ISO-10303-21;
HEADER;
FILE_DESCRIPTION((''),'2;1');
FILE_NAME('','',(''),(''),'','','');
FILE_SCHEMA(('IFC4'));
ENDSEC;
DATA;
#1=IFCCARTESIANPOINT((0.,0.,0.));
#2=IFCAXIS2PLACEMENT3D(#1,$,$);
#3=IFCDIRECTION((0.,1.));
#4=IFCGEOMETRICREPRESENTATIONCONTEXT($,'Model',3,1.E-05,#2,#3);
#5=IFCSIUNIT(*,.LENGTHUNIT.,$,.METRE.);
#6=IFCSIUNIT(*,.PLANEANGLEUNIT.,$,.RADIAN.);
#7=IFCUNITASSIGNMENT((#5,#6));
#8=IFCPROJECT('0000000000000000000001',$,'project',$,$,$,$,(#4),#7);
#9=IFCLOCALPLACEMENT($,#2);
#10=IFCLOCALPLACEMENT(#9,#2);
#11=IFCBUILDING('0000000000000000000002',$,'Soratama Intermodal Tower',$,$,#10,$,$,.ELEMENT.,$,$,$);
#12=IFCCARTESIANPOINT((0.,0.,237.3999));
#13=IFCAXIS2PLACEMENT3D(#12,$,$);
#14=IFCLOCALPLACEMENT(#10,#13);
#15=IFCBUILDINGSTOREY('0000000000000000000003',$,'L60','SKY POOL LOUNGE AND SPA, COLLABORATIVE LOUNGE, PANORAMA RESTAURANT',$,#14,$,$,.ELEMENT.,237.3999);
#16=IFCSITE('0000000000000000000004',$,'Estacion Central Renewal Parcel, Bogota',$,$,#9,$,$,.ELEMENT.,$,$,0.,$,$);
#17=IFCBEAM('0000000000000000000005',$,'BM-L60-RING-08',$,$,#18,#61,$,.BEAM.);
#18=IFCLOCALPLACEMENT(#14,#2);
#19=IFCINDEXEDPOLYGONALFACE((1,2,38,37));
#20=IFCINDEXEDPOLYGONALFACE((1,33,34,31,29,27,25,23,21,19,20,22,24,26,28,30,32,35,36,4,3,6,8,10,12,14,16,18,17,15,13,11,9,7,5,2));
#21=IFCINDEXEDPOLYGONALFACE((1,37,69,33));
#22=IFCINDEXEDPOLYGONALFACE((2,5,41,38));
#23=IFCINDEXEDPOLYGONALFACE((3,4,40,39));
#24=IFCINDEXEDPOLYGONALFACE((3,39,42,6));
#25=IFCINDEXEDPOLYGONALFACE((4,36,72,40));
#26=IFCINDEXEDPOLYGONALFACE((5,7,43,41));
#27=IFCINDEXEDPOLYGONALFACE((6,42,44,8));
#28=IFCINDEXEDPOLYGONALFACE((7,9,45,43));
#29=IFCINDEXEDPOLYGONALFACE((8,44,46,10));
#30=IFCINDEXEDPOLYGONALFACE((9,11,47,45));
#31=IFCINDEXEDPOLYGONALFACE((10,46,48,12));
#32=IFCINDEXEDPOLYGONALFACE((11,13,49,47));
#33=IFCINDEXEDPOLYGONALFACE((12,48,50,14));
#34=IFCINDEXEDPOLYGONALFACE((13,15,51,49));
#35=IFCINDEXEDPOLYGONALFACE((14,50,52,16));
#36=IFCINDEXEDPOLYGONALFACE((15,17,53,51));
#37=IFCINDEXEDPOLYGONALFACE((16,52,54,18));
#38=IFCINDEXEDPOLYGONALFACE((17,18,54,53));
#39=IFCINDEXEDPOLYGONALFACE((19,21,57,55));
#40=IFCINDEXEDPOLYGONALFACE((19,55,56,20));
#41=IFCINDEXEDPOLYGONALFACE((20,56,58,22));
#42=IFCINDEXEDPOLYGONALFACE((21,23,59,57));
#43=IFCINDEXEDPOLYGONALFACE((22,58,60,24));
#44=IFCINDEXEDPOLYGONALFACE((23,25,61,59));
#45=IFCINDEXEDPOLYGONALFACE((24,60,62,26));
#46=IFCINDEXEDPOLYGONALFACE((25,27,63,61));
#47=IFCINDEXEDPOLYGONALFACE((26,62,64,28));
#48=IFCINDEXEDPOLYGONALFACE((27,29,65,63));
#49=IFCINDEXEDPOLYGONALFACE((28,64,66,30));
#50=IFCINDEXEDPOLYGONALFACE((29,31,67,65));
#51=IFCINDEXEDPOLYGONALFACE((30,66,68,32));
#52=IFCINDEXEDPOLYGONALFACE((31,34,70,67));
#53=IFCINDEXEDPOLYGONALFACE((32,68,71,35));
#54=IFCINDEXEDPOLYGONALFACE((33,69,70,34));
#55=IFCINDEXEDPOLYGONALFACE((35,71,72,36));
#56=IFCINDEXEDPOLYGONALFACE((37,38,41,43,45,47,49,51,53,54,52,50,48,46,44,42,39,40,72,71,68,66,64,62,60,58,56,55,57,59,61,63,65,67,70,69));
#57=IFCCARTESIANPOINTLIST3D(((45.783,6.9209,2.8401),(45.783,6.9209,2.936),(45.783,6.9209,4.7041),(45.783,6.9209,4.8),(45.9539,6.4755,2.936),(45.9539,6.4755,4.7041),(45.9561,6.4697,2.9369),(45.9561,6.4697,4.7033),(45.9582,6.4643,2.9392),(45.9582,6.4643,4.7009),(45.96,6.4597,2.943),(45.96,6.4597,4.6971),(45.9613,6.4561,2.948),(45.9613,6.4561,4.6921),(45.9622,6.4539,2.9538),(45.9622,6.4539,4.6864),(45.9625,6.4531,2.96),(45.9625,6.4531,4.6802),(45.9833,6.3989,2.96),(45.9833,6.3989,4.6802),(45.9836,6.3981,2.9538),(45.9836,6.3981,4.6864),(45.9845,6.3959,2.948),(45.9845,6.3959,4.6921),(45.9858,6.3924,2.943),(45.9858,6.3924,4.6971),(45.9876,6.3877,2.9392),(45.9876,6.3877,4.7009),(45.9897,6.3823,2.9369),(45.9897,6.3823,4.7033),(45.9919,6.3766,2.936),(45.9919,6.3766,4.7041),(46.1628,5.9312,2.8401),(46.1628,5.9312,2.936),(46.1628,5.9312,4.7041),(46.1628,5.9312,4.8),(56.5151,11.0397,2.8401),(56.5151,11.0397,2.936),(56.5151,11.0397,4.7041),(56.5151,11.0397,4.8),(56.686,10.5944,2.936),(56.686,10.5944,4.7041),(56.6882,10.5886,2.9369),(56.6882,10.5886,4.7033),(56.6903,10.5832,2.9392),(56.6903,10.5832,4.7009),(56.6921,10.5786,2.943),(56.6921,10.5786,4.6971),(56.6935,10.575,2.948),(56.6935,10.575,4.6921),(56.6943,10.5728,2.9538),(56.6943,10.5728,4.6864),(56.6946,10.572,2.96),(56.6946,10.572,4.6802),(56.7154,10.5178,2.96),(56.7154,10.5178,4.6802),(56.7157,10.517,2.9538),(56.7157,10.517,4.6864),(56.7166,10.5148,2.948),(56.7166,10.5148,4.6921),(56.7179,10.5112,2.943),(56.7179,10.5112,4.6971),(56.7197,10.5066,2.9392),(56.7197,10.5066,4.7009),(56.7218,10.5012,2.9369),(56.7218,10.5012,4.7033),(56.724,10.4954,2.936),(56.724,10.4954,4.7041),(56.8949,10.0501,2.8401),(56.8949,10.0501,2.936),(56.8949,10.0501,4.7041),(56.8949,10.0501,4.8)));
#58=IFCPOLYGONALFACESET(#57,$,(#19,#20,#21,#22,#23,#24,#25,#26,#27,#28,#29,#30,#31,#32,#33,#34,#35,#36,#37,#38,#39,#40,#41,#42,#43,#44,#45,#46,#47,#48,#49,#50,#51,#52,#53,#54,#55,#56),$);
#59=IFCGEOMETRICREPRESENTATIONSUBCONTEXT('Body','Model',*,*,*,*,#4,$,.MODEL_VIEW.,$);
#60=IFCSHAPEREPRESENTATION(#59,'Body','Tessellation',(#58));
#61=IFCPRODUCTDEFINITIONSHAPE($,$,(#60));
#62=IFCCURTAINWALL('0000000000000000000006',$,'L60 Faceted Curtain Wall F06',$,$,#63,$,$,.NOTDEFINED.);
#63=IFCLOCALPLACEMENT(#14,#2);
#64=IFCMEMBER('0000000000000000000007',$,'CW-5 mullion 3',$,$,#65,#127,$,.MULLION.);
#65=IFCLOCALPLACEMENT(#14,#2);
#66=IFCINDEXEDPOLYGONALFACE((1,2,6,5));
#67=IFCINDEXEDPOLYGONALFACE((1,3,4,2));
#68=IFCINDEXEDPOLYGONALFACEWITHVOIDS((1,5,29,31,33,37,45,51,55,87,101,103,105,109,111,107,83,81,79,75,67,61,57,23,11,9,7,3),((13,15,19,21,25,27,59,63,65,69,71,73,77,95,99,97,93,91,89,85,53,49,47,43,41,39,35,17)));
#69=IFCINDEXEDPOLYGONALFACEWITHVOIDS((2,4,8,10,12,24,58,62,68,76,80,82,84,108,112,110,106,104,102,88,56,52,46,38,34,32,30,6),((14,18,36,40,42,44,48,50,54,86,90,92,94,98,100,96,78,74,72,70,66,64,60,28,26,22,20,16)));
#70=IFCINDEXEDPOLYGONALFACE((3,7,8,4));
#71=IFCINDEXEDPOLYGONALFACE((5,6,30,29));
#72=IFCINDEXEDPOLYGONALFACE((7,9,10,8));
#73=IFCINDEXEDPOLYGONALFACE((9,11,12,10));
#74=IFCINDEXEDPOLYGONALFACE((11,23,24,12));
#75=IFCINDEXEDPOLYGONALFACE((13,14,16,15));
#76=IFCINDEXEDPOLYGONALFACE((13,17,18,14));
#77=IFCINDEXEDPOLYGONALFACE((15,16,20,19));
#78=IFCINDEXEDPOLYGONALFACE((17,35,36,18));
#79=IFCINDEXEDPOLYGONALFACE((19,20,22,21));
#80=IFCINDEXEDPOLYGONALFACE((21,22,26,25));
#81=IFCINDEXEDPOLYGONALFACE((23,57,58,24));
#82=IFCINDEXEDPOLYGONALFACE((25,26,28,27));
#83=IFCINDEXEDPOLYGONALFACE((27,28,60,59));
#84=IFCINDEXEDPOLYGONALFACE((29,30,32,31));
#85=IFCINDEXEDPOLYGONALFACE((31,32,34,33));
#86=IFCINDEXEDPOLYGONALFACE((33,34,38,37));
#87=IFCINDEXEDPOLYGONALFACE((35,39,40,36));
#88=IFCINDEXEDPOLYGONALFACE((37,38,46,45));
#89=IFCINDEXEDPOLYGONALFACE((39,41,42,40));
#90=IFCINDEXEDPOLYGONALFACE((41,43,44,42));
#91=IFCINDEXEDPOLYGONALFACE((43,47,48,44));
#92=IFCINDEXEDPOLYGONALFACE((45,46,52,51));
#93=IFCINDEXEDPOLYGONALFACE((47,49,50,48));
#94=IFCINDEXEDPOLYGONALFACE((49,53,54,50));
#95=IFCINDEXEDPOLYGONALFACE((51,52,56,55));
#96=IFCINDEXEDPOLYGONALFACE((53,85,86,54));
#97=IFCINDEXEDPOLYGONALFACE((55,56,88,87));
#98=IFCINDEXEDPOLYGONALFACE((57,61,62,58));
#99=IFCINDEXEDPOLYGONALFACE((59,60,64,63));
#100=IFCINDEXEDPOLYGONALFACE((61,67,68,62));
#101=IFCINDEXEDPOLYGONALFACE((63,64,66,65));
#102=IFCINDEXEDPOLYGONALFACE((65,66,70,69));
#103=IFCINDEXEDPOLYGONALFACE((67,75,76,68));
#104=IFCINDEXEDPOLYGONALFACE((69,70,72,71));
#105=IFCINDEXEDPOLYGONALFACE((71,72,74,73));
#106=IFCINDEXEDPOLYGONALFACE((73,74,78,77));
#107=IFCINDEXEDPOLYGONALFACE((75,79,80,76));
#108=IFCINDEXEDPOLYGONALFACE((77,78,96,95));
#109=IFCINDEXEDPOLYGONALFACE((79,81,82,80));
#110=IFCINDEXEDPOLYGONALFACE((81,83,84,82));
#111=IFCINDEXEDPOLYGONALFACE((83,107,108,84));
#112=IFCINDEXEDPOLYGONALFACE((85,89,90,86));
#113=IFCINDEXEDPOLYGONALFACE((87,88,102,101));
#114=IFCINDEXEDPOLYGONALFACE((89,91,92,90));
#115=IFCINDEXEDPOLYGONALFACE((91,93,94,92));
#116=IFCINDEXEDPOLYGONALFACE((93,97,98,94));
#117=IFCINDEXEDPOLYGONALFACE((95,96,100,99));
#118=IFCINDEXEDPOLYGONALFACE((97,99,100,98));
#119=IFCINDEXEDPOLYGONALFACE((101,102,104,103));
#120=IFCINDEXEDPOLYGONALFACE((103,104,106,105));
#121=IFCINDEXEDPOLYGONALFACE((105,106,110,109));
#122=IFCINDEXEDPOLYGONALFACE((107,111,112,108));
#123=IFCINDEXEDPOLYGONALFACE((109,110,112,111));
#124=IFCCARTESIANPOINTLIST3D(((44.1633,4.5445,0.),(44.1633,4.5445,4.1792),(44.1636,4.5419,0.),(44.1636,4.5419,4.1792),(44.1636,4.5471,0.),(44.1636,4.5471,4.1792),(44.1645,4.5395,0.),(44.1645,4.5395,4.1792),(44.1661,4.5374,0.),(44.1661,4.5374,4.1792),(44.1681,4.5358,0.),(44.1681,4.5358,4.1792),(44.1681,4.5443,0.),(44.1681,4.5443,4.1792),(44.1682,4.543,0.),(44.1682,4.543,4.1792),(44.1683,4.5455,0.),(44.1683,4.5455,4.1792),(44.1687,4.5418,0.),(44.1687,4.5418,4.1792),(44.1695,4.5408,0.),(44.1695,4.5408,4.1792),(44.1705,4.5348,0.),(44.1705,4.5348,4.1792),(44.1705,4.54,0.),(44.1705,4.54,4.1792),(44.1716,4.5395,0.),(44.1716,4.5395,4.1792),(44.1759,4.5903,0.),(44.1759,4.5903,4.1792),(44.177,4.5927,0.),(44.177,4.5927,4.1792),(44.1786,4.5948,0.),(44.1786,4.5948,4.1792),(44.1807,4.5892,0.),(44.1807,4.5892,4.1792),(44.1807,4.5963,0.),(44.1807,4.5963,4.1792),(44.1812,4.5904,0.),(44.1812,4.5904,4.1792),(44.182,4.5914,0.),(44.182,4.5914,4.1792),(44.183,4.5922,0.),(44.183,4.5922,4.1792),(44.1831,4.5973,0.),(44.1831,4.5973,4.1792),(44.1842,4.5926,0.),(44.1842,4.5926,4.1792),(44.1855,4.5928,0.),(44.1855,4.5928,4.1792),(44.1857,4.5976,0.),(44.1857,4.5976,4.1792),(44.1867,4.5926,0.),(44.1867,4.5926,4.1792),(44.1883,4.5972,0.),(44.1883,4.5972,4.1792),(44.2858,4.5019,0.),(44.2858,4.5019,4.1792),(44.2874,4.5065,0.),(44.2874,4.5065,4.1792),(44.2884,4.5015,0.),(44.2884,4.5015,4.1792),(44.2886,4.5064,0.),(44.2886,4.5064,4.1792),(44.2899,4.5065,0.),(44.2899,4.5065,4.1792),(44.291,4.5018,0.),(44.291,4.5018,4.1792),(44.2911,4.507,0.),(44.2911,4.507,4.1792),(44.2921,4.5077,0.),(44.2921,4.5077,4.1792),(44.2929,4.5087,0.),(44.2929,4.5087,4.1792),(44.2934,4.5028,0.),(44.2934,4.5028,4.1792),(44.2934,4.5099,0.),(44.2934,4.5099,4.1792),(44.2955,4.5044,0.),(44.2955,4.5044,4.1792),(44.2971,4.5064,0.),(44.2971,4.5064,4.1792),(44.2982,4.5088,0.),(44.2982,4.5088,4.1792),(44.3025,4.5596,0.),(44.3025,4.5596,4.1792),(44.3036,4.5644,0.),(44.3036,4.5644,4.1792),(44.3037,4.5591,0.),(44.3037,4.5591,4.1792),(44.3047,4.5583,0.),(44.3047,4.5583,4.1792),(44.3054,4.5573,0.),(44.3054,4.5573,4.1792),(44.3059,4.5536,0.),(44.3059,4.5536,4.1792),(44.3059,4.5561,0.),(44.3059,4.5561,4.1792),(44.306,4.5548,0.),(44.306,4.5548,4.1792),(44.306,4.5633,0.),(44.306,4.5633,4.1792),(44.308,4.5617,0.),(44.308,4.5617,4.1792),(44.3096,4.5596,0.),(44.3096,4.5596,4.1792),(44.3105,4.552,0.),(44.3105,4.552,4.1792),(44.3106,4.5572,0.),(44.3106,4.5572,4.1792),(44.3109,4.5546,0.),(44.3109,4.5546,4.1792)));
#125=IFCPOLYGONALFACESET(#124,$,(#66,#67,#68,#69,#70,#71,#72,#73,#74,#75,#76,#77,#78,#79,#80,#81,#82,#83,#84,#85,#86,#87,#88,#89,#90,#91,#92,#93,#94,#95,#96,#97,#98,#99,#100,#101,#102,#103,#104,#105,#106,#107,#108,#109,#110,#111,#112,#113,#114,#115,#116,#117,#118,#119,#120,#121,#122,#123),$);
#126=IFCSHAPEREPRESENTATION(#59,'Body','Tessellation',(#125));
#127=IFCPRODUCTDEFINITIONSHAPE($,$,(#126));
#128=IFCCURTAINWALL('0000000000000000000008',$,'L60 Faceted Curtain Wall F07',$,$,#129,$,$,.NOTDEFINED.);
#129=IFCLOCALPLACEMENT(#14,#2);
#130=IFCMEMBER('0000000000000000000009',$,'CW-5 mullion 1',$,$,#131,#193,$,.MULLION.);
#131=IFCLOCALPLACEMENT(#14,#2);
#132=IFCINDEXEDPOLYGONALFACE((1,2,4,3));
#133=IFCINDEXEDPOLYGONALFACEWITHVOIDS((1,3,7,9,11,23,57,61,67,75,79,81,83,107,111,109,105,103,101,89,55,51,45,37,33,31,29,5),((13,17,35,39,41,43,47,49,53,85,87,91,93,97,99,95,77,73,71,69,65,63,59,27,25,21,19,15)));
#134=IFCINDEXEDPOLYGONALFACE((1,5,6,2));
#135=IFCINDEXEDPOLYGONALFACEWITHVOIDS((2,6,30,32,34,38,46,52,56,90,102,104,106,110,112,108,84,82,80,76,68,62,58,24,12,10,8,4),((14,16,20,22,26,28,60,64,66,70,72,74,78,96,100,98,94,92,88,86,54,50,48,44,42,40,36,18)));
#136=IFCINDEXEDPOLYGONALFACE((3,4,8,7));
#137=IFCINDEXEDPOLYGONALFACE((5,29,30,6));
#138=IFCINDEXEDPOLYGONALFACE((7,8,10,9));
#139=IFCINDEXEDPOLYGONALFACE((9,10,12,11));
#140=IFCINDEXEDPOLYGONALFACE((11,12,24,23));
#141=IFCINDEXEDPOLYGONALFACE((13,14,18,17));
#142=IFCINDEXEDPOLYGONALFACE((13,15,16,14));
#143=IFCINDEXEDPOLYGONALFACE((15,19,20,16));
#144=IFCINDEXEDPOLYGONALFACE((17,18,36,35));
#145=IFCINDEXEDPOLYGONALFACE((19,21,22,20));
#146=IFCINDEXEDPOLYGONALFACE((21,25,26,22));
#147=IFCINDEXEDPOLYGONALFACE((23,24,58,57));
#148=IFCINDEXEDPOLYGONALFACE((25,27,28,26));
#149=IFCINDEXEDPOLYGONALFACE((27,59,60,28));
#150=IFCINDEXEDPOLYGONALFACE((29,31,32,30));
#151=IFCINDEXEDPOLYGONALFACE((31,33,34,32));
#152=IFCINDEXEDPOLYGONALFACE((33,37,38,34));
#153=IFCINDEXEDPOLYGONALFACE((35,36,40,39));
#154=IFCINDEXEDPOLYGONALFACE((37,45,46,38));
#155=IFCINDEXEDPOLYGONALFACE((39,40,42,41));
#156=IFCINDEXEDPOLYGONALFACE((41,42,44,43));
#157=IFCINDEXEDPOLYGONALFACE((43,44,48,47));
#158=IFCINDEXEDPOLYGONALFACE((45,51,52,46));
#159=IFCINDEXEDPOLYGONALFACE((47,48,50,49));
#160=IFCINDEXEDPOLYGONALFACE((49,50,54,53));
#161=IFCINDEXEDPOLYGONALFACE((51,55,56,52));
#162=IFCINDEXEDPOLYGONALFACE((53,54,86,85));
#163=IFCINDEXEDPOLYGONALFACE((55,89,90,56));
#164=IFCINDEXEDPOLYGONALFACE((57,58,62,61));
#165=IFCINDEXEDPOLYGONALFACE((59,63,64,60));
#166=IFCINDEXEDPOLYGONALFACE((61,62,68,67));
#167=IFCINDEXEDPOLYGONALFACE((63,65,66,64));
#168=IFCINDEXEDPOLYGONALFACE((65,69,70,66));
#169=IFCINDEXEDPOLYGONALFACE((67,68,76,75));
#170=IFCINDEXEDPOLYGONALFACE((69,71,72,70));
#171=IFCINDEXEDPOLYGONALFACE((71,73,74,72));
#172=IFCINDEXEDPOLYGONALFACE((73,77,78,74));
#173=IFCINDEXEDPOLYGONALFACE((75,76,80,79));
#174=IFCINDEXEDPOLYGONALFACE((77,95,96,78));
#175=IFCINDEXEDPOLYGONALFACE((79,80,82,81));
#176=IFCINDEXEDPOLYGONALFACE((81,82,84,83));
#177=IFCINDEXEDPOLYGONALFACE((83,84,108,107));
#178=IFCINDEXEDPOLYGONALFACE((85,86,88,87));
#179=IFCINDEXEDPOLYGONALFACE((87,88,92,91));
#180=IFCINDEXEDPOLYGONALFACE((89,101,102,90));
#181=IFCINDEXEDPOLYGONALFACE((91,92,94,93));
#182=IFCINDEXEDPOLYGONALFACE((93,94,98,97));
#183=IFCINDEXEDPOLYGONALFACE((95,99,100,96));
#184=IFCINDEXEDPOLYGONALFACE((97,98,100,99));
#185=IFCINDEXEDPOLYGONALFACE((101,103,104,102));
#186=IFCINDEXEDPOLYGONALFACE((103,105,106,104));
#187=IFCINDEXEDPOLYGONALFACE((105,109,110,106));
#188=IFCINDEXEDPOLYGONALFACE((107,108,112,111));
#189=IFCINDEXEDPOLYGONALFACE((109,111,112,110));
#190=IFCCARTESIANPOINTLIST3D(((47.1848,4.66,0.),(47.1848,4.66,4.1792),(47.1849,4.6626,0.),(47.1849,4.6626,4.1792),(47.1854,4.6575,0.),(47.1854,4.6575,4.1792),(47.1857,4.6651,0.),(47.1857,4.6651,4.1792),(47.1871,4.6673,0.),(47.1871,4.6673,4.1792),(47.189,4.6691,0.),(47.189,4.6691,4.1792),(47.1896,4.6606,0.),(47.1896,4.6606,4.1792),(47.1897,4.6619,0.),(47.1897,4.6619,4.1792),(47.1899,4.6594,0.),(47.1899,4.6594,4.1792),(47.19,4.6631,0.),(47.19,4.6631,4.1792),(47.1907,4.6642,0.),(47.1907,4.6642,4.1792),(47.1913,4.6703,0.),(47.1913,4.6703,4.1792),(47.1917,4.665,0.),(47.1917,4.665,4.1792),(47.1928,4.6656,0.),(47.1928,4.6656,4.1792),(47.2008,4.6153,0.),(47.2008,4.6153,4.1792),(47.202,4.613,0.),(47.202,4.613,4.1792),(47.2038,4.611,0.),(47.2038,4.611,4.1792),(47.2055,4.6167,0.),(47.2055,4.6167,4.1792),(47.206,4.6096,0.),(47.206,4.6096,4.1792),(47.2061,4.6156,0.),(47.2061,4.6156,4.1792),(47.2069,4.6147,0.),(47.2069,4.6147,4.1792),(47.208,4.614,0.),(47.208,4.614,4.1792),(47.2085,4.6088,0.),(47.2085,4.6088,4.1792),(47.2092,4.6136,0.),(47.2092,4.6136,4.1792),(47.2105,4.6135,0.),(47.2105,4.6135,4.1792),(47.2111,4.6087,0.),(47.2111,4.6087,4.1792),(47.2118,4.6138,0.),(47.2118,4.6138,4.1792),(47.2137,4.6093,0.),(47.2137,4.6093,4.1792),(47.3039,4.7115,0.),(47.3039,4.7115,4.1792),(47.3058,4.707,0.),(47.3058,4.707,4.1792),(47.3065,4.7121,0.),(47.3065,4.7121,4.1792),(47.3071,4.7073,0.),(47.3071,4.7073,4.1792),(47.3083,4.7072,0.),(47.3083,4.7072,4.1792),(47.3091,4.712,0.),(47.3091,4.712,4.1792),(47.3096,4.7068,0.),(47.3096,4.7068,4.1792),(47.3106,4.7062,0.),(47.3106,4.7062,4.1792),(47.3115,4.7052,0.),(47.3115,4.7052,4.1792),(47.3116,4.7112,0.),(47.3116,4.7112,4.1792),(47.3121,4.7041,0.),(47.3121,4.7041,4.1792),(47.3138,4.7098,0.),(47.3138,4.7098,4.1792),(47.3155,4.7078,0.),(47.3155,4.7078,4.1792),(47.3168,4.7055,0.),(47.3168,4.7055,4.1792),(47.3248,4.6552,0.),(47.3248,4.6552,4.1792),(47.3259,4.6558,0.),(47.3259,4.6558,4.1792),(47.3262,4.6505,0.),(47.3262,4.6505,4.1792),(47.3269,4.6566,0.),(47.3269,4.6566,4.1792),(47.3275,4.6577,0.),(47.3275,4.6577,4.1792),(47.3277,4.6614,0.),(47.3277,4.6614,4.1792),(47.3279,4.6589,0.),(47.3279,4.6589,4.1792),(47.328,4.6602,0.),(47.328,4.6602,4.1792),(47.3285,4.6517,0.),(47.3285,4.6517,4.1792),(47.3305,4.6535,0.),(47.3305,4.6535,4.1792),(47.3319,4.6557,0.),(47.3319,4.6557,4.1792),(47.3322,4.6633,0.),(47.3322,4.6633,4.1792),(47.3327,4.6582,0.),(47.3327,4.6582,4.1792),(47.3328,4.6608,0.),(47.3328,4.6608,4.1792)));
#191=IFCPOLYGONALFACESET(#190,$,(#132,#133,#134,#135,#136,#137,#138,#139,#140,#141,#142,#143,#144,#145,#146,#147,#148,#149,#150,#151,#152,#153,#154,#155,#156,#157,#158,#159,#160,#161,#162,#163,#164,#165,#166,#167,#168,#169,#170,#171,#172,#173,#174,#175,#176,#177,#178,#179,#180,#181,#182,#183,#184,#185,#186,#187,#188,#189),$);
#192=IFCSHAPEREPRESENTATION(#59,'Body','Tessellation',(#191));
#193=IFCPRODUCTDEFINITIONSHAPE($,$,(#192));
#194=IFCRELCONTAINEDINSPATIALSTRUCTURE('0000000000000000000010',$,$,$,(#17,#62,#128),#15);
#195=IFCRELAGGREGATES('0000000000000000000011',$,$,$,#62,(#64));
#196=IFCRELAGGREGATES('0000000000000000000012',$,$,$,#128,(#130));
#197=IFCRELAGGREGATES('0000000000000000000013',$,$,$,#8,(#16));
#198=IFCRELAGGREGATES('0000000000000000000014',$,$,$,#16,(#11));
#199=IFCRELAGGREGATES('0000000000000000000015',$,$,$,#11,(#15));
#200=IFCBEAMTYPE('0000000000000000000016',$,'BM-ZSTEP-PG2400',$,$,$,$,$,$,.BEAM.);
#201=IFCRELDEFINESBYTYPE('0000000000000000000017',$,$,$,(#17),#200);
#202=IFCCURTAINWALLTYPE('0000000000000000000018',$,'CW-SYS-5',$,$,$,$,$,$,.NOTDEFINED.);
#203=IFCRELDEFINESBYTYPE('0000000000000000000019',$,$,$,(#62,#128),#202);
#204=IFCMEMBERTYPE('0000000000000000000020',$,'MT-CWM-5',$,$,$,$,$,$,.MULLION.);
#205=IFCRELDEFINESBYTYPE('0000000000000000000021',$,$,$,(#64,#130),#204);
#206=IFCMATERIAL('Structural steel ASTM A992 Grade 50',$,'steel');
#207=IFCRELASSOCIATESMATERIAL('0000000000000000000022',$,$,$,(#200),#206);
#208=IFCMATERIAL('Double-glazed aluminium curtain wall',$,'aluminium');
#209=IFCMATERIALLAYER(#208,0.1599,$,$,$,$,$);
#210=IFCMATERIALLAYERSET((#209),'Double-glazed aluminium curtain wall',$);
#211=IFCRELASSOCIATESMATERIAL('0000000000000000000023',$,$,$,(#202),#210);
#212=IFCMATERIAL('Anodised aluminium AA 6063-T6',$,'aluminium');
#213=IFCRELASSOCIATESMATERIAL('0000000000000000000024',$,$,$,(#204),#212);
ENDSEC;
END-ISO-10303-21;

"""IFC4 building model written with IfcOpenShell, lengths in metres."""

from ifc_helpers import new_model, si_unit, direction, frame, origin, origin_2d, place, context, subcontext, project, spatial, hollow_rectangle, i_section, extrude, material, layer, layer_set, material_profile, profile_set, type_object, element, aggregate, save


model = new_model("IFC4")

# Units and contexts
model_context = context("Model", 3, precision=1e-05, world=origin(), true_north=direction((0.0, 1.0)))
body_context = subcontext(model_context, "Body", "Model", "MODEL_VIEW")
ifc_project = project(units=[si_unit("LENGTHUNIT", "METRE"), si_unit("PLANEANGLEUNIT", "RADIAN")], contexts=[model_context])

# Site, building, storey
site_placement = place(None, origin())
site = spatial("IfcSite", under=ifc_project, at=site_placement, Name="Estacion Central Renewal Parcel, Bogota", CompositionType="ELEMENT", RefElevation=0.0)
building_placement = place(site_placement, origin())
building = spatial("IfcBuilding", under=site, at=building_placement, Name="Soratama Intermodal Tower", CompositionType="ELEMENT")
storey_placement = place(building_placement, frame((0.0, 0.0, 237.3999)))
storey = spatial("IfcBuildingStorey", under=building, at=storey_placement, Name="L60", Description="SKY POOL LOUNGE AND SPA, COLLABORATIVE LOUNGE, PANORAMA RESTAURANT", CompositionType="ELEMENT", Elevation=237.3999)

# Beam
ifc_material_1 = material(Name="Structural steel ASTM A992 Grade 50", Category="steel")
ifc_material_profile_1 = material_profile(ifc_material_1, i_section(OverallWidth=1.0601, OverallDepth=1.96, WebThickness=0.0581, FlangeThickness=0.0959, FilletRadius=0.0239, at=origin_2d()), Name="PG2400X900")
ifc_profile_set_1 = profile_set([ifc_material_profile_1], Name="Structural steel ASTM A992 Grade 50")
beam_type_1 = type_object("IfcBeamType", Name="BM-ZSTEP-PG2400", PredefinedType="BEAM", material=ifc_profile_set_1)
beam_1_placement = place(storey_placement, frame((45.9729, 6.426, 3.8201), z_axis=(0.933604, 0.358307, 0.0), x_axis=(-0.358307, 0.933604, 0.0)))
element("IfcBeam", 1, at=beam_1_placement, inside=storey, type_object=beam_type_1, Name="BM-L60-RING-08", PredefinedType="BEAM", context=body_context, shape_type="SweptSolid", body=[
    extrude(i_section(OverallWidth=1.0601, OverallDepth=1.96, WebThickness=0.0581, FlangeThickness=0.0959, FilletRadius=0.0239, at=origin_2d()), origin(), (0.0, 0.0, 1.0), 11.4954),
])

# Curtain wall, member
ifc_material_2 = material(Name="Double-glazed aluminium curtain wall", Category="aluminium")
ifc_layer_1 = layer(ifc_material_2, 0.1599)
ifc_layer_set_1 = layer_set([ifc_layer_1], Name="Double-glazed aluminium curtain wall")
curtain_wall_type = type_object("IfcCurtainWallType", Name="CW-SYS-5", PredefinedType="NOTDEFINED", material=ifc_layer_set_1)
curtain_wall_1_placement = place(storey_placement, origin())
curtain_wall_1 = element("IfcCurtainWall", 2, at=curtain_wall_1_placement, inside=storey, type_object=curtain_wall_type, Name="L60 Faceted Curtain Wall F06", PredefinedType="NOTDEFINED")
ifc_material_3 = material(Name="Anodised aluminium AA 6063-T6", Category="aluminium")
ifc_material_profile_2 = material_profile(ifc_material_3, hollow_rectangle(XDim=0.0649, YDim=0.1399, WallThickness=0.0049, InnerFilletRadius=0.0049, OuterFilletRadius=0.01, at=origin_2d()), Name="CWM140X65X5")
ifc_profile_set_2 = profile_set([ifc_material_profile_2], Name="Anodised aluminium AA 6063-T6")
member_type_1 = type_object("IfcMemberType", Name="MT-CWM-5", PredefinedType="MULLION", material=ifc_profile_set_2)
member_1_placement = place(storey_placement, frame((44.2371, 4.5496, 0.0), z_axis=(0.0, 0.0, 1.0), x_axis=(0.273963, 0.96174, 0.0)))
member_1 = element("IfcMember", 3, at=member_1_placement, type_object=member_type_1, Name="CW-5 mullion 3", PredefinedType="MULLION", context=body_context, shape_type="SweptSolid", body=[
    extrude(hollow_rectangle(XDim=0.0649, YDim=0.1399, WallThickness=0.0049, InnerFilletRadius=0.0049, OuterFilletRadius=0.01, at=origin_2d()), origin(), (0.0, 0.0, 1.0), 4.1792),
])

# Curtain wall, member
curtain_wall_2_placement = place(storey_placement, origin())
curtain_wall_2 = element("IfcCurtainWall", 4, at=curtain_wall_2_placement, inside=storey, type_object=curtain_wall_type, Name="L60 Faceted Curtain Wall F07", PredefinedType="NOTDEFINED")
member_2_placement = place(storey_placement, frame((47.2588, 4.6604, 0.0), z_axis=(0.0, 0.0, 1.0), x_axis=(-0.343664, 0.939093, 0.0)))
member_2 = element("IfcMember", 5, at=member_2_placement, type_object=member_type_1, Name="CW-5 mullion 1", PredefinedType="MULLION", context=body_context, shape_type="SweptSolid", body=[
    extrude(hollow_rectangle(XDim=0.0649, YDim=0.1399, WallThickness=0.0049, InnerFilletRadius=0.0049, OuterFilletRadius=0.01, at=origin_2d()), origin(), (0.0, 0.0, 1.0), 4.1792),
])

aggregate(curtain_wall_1, [member_1])
aggregate(curtain_wall_2, [member_2])

save(model, "model.ifc")
